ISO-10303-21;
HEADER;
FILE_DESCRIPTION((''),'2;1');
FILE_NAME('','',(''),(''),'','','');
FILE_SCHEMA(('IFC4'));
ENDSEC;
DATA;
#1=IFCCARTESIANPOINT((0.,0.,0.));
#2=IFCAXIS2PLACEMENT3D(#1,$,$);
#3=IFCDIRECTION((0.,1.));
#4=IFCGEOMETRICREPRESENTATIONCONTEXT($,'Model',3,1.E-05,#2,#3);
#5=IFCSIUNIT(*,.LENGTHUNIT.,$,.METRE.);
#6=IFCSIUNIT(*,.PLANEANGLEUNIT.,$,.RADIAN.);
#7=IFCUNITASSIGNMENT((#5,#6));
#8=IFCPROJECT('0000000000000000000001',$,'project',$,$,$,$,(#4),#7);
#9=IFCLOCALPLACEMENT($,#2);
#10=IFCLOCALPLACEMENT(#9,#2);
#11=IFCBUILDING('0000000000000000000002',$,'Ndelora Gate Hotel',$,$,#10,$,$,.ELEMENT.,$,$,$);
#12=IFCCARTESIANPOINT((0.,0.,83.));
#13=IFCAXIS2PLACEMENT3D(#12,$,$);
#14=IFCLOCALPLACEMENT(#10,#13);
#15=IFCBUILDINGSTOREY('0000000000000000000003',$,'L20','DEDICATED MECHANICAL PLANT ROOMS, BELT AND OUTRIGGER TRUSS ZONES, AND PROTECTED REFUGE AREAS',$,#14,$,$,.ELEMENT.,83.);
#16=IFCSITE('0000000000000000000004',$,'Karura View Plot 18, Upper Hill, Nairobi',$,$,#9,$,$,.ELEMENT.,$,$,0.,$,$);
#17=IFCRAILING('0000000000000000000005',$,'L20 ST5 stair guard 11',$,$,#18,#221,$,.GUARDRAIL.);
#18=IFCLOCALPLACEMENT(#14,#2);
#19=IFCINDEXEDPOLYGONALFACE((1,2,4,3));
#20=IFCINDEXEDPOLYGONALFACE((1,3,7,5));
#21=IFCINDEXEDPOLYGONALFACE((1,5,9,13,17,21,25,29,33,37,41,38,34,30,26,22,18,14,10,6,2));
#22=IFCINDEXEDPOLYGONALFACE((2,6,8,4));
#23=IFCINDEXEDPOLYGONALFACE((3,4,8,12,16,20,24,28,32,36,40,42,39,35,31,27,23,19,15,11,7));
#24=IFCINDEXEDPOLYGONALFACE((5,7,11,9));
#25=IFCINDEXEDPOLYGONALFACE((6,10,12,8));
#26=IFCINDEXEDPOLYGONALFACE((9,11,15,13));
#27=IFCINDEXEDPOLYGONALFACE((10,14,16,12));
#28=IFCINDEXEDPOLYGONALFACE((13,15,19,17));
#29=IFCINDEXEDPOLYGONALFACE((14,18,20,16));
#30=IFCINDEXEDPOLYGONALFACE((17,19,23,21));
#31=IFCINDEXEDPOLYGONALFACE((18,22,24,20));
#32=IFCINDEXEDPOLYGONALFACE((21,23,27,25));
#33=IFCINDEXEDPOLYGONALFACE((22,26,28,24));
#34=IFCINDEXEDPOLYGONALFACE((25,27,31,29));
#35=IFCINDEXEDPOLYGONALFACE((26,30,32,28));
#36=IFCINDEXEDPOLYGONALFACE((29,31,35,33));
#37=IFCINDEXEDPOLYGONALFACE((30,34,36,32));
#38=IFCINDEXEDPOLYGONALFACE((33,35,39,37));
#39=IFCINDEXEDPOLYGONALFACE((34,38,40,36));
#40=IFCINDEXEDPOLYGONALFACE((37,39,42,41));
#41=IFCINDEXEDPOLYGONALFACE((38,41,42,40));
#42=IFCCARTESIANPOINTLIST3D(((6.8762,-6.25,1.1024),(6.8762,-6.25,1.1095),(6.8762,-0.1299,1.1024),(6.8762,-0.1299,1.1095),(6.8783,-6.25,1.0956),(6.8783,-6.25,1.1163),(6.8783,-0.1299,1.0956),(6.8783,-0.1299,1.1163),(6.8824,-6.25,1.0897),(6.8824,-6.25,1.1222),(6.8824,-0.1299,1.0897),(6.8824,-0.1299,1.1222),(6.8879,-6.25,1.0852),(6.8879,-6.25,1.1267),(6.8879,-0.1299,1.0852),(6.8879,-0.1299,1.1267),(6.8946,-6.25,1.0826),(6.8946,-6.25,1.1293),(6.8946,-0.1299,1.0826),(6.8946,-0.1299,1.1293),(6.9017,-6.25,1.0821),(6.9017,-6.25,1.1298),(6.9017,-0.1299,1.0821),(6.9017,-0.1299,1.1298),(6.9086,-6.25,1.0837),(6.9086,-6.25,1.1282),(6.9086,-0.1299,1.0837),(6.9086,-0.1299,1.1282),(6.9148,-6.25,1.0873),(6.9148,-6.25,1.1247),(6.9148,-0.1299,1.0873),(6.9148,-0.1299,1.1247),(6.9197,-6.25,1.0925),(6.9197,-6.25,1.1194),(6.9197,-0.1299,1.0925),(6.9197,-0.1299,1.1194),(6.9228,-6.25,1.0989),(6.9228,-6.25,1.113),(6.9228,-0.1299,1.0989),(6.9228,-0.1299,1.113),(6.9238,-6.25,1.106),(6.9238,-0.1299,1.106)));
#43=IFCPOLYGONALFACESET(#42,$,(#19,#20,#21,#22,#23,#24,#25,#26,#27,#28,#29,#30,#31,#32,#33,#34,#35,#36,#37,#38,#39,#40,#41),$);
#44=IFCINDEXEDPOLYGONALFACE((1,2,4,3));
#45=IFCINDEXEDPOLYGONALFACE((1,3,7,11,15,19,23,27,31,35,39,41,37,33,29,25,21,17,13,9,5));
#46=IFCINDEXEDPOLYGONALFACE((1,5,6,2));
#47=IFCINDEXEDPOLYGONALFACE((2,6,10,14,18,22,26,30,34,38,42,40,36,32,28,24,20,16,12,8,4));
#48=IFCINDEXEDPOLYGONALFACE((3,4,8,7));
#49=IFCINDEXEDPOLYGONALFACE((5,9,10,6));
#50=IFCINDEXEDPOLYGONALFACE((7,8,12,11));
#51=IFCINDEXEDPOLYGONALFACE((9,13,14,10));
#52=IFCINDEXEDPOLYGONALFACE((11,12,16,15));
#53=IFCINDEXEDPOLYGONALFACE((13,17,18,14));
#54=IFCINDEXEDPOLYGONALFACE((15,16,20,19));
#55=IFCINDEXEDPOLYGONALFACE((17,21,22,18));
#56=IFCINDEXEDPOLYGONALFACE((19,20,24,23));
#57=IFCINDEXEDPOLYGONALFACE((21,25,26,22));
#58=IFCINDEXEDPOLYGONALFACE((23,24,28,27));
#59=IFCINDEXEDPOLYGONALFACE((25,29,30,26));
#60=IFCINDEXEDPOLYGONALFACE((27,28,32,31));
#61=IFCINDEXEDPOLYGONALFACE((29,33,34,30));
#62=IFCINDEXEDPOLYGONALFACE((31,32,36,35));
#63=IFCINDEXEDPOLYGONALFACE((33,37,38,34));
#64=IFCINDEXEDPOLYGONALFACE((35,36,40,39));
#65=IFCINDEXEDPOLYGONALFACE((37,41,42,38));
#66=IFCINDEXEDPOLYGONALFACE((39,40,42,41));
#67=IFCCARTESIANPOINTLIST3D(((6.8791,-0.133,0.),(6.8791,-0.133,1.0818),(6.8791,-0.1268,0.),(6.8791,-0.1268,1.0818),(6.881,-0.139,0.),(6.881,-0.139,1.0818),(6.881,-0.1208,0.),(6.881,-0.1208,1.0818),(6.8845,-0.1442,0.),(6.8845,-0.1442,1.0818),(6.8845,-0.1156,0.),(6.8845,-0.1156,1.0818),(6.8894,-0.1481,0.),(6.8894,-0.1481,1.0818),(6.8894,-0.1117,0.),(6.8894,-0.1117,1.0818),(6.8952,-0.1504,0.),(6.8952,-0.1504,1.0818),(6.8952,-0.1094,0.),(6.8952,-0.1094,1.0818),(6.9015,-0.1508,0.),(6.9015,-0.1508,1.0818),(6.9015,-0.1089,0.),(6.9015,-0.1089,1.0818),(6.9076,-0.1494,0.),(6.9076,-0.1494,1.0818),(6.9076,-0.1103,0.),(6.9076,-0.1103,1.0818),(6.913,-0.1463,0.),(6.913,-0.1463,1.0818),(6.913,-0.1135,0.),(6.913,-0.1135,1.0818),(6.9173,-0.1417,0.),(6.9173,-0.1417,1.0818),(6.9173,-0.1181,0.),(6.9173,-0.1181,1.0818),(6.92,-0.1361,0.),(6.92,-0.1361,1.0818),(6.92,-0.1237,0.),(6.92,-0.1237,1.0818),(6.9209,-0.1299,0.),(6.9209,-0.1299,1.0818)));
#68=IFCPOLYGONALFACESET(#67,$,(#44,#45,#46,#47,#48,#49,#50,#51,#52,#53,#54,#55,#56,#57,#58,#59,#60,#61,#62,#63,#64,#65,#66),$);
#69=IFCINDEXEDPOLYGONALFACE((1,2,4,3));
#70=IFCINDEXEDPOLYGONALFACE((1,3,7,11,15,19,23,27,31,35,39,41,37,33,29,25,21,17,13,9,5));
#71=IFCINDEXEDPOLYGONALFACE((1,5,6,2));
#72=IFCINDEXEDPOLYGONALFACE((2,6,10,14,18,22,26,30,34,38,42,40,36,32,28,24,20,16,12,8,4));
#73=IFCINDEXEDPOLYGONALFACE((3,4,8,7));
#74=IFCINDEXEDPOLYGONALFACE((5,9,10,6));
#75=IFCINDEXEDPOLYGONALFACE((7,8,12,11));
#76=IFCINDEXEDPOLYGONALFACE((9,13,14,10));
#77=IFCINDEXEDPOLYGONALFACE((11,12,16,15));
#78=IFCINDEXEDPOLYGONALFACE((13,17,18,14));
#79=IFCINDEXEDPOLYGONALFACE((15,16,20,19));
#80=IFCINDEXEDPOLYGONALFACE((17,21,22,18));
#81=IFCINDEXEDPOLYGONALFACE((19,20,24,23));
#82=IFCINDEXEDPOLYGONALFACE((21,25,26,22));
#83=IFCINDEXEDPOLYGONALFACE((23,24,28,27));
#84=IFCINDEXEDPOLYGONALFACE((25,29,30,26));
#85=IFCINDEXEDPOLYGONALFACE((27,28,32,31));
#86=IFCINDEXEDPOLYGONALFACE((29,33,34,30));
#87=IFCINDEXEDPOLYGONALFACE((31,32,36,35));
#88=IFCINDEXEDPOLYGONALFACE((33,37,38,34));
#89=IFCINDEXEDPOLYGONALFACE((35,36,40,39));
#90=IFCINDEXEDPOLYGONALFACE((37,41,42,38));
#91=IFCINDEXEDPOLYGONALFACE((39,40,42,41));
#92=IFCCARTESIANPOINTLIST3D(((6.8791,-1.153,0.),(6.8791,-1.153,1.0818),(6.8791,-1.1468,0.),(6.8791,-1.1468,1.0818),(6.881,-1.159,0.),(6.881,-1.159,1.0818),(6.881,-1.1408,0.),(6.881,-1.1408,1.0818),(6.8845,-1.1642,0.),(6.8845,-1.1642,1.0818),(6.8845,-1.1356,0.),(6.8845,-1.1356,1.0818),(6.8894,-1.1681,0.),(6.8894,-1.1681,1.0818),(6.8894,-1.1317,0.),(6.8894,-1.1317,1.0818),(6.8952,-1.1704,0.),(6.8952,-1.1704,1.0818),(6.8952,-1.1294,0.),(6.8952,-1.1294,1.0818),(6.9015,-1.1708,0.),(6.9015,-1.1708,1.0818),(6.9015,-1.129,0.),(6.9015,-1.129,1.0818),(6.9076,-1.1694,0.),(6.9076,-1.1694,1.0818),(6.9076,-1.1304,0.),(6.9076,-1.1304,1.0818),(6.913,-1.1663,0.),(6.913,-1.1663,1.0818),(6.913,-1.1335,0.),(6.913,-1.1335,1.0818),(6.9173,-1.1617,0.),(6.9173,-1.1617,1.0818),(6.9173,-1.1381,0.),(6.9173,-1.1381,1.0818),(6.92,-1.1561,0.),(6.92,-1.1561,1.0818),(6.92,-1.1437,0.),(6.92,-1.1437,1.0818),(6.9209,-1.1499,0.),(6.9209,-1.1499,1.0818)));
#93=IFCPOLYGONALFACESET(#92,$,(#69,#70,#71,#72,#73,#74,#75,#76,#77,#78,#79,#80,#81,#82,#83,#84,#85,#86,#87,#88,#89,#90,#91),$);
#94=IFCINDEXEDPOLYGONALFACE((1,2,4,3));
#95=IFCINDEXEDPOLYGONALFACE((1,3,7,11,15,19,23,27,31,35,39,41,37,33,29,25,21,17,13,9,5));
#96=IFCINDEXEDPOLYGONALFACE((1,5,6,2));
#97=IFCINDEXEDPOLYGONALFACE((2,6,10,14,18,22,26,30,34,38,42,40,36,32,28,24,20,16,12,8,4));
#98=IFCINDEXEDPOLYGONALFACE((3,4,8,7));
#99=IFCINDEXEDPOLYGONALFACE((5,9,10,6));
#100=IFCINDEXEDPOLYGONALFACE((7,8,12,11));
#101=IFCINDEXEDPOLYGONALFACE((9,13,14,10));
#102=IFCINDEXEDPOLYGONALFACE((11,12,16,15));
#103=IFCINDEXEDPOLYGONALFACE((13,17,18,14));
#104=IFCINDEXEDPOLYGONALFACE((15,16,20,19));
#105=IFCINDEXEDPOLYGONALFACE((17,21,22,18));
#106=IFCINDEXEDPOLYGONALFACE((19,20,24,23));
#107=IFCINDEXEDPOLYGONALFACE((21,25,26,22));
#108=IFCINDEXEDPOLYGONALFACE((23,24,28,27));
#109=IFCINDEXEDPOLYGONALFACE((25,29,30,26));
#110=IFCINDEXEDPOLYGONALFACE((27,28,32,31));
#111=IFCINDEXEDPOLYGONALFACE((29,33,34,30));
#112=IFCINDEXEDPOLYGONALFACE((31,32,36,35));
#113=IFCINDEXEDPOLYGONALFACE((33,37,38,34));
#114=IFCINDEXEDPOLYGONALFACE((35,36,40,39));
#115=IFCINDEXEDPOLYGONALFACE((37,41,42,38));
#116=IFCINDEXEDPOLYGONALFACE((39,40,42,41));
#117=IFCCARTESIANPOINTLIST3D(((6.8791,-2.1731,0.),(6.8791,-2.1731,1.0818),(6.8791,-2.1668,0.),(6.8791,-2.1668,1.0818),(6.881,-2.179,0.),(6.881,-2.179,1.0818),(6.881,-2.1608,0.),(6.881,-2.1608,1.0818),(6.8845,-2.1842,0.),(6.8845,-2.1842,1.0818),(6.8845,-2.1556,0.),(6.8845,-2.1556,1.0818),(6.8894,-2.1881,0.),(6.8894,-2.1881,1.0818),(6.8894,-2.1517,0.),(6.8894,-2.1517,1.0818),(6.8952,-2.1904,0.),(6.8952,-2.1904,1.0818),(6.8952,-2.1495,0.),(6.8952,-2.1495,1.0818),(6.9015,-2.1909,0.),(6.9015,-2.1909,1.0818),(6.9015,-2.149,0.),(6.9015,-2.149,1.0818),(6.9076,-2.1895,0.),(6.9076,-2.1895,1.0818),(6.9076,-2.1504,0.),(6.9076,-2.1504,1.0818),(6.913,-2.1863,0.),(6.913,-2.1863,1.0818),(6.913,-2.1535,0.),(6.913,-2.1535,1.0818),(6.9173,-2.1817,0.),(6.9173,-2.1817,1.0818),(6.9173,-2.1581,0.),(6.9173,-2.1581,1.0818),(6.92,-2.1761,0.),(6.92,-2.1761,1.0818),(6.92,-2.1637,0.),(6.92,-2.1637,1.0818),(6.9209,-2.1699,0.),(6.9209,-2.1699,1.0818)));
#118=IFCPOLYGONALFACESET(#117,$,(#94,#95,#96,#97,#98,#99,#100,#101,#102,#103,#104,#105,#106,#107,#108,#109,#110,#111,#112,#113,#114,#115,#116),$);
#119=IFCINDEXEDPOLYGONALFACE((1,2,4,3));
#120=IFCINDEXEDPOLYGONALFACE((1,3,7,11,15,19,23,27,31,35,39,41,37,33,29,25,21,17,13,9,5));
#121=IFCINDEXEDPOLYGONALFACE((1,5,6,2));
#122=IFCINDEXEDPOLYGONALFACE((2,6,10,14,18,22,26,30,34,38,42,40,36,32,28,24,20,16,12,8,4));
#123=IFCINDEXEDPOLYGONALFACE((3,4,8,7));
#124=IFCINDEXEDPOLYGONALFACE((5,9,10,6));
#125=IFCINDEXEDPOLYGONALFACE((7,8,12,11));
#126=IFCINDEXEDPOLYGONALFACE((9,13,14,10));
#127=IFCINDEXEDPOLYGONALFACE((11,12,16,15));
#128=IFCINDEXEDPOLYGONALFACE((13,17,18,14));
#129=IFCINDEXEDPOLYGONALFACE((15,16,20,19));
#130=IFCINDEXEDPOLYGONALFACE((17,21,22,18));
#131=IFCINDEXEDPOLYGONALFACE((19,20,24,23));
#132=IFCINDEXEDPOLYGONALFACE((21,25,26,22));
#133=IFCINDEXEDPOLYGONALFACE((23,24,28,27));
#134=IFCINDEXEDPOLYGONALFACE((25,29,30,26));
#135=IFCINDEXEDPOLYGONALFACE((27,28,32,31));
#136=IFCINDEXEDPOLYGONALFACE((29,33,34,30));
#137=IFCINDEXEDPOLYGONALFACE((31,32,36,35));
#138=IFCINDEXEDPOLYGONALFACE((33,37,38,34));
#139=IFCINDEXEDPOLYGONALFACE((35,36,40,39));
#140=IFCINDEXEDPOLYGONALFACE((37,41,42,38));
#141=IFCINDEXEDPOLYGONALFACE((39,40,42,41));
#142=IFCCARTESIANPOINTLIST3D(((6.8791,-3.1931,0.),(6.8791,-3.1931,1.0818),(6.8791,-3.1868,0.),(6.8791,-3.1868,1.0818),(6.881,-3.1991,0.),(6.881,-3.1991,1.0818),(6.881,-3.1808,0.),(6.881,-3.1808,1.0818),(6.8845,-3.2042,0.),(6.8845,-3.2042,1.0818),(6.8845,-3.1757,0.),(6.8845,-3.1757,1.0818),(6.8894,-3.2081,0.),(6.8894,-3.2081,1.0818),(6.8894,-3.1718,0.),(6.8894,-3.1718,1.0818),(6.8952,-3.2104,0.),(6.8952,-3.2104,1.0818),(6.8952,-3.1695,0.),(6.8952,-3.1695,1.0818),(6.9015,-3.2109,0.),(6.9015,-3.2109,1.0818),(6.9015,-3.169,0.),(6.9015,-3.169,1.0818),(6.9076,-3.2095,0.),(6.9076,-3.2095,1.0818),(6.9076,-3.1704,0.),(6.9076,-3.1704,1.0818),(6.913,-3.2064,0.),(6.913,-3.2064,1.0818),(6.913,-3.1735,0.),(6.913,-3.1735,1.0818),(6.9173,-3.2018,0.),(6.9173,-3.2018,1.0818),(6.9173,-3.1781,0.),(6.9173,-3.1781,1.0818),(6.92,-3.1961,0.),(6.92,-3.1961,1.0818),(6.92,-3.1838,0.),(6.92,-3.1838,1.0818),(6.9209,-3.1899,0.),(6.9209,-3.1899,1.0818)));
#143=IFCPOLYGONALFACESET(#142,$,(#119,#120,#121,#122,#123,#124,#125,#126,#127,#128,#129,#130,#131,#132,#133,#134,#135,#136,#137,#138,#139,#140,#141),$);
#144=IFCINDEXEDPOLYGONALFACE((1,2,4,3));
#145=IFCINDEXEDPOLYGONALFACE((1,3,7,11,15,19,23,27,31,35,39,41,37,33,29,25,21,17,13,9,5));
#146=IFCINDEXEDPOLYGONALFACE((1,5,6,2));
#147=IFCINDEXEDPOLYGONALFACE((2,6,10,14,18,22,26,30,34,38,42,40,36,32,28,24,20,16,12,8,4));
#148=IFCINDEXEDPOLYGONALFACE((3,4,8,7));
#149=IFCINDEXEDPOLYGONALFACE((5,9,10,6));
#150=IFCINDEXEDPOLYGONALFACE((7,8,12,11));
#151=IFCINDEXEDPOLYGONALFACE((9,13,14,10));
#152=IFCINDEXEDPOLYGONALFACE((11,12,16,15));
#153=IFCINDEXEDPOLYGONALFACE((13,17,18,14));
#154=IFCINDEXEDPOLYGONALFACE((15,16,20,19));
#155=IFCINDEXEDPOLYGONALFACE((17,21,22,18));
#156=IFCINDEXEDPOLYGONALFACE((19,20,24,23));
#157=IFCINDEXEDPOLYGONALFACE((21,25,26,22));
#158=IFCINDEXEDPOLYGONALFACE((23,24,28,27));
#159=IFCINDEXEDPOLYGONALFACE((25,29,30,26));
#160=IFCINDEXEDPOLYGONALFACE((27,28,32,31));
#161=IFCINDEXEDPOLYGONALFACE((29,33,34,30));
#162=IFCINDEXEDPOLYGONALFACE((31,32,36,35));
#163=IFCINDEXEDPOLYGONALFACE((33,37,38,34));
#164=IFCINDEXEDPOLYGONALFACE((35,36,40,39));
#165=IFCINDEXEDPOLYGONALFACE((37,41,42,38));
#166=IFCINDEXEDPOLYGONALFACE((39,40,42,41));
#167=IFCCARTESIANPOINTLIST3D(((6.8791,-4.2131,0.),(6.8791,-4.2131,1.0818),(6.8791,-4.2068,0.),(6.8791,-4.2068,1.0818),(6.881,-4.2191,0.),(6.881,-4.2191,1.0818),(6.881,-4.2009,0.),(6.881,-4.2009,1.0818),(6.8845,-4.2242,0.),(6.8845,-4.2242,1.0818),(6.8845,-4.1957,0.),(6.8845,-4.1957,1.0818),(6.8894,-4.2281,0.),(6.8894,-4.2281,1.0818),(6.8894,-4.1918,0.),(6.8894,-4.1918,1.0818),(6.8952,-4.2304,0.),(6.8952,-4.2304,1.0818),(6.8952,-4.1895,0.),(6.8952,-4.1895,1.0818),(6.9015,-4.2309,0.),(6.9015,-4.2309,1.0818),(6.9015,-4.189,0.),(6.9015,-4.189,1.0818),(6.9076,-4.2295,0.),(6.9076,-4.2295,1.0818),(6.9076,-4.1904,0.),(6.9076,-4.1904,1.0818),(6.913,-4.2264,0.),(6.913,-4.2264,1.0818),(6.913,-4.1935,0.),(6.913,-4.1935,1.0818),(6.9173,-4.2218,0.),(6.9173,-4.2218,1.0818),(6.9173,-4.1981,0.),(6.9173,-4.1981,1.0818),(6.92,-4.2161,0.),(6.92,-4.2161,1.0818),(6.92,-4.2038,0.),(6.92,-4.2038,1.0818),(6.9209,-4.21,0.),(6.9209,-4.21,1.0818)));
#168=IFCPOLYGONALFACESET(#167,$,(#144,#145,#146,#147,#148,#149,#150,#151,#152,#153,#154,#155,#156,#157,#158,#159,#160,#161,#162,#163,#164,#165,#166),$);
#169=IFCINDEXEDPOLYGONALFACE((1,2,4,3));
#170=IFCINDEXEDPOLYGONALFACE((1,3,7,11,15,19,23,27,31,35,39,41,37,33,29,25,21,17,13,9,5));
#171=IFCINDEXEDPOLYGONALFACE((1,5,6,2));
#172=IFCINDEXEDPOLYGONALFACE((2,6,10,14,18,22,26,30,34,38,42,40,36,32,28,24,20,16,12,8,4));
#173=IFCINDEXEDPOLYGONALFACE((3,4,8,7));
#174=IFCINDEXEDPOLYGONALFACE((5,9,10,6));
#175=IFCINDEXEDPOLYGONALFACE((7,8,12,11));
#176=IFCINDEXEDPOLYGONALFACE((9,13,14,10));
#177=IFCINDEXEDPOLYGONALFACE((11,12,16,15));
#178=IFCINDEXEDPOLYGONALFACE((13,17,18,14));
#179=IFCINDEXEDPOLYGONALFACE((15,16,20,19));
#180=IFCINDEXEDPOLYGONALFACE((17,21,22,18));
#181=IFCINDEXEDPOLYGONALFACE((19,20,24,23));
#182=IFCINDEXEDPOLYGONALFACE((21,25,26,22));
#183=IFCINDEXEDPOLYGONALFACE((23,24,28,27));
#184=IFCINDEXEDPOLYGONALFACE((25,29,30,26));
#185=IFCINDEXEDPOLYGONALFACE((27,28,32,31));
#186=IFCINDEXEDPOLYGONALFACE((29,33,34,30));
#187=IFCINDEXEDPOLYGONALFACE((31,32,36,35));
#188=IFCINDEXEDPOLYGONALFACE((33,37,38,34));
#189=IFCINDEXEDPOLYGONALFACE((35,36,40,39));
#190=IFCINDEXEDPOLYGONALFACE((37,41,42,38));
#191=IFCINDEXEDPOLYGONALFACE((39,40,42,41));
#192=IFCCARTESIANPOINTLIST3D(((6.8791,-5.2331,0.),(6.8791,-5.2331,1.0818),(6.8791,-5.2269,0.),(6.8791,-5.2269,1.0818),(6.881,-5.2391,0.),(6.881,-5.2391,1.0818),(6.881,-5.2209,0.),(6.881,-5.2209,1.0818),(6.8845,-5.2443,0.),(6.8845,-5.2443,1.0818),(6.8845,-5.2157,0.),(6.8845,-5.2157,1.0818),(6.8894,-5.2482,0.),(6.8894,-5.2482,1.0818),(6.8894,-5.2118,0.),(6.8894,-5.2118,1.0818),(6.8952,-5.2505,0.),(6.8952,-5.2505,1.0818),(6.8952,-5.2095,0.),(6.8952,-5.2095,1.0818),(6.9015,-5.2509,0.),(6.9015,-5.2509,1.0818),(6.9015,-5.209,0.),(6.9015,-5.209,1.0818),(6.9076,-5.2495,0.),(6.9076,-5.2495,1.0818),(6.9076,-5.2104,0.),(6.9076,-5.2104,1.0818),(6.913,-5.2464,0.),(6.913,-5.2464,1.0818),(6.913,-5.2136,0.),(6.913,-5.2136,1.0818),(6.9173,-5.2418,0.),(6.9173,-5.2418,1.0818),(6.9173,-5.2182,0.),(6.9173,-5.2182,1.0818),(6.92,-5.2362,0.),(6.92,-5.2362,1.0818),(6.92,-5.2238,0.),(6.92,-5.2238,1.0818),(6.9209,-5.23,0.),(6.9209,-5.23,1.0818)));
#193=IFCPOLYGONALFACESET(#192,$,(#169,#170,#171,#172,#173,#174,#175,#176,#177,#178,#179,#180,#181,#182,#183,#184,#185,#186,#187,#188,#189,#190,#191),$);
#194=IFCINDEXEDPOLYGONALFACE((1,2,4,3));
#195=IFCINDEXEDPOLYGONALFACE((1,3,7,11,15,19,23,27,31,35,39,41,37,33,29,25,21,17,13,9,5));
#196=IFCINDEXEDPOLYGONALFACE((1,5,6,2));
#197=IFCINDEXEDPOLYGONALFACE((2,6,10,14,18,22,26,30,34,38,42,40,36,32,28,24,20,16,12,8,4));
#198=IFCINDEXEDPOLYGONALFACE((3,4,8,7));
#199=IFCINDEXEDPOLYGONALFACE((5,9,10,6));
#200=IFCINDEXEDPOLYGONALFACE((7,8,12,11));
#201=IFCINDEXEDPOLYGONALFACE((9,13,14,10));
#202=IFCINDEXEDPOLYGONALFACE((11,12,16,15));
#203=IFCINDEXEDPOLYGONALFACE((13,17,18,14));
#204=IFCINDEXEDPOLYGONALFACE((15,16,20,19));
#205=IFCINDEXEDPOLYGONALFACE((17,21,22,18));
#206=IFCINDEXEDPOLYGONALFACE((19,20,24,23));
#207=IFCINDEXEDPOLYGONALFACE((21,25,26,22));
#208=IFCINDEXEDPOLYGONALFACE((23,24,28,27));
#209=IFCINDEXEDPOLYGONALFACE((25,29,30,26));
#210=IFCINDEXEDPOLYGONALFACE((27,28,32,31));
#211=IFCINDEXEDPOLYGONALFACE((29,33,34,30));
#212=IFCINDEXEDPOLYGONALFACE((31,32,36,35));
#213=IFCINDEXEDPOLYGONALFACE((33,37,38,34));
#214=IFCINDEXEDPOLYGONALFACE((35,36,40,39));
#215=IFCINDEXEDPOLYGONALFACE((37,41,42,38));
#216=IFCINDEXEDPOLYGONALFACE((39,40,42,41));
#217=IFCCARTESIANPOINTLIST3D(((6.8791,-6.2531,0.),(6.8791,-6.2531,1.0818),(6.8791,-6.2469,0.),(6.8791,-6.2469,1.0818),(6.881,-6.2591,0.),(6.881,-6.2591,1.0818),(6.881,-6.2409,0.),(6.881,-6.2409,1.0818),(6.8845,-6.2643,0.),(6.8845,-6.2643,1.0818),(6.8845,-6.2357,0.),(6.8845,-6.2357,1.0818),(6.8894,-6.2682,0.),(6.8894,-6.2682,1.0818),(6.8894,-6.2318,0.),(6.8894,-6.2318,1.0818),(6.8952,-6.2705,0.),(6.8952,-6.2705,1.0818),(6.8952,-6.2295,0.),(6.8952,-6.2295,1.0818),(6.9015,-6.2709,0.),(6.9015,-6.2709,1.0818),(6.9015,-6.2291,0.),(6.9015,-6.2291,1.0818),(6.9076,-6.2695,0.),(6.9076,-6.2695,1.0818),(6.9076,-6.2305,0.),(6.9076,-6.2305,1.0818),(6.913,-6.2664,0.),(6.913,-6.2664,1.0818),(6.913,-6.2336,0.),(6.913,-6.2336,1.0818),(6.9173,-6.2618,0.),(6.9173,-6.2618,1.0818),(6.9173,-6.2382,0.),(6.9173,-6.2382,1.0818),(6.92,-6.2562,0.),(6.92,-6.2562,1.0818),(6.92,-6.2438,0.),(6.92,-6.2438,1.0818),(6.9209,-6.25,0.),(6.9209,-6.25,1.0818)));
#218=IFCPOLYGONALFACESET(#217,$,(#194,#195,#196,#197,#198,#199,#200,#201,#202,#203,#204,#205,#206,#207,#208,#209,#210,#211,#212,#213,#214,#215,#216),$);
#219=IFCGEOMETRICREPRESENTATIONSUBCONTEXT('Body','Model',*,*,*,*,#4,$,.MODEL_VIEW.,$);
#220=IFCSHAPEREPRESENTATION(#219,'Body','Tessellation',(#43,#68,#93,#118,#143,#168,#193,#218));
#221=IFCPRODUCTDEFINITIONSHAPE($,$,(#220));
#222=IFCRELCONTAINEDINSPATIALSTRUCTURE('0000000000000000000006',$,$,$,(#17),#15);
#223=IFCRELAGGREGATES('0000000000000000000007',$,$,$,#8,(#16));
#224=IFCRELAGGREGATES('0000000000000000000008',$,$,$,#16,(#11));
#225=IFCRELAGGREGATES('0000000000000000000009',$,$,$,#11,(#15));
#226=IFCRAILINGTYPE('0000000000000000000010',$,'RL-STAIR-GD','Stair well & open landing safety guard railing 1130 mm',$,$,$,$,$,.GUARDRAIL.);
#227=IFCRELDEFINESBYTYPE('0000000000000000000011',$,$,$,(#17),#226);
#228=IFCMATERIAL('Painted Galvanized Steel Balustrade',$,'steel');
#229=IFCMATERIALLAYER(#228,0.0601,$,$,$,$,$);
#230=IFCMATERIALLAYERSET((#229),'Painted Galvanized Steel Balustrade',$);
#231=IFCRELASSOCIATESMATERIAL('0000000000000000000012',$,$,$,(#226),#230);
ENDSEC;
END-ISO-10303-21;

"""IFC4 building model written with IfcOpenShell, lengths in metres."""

from ifc_helpers import new_model, si_unit, direction, frame, origin, origin_2d, place, context, subcontext, project, spatial, circle, extrude, material, layer, layer_set, type_object, element, save


model = new_model("IFC4")

# Units and contexts
model_context = context("Model", 3, precision=1e-05, world=origin(), true_north=direction((0.0, 1.0)))
body_context = subcontext(model_context, "Body", "Model", "MODEL_VIEW")
ifc_project = project(units=[si_unit("LENGTHUNIT", "METRE"), si_unit("PLANEANGLEUNIT", "RADIAN")], contexts=[model_context])

# Site, building, storey
site_placement = place(None, origin())
site = spatial("IfcSite", under=ifc_project, at=site_placement, Name="Karura View Plot 18, Upper Hill, Nairobi", CompositionType="ELEMENT", RefElevation=0.0)
building_placement = place(site_placement, origin())
building = spatial("IfcBuilding", under=site, at=building_placement, Name="Ndelora Gate Hotel", CompositionType="ELEMENT")
storey_placement = place(building_placement, frame((0.0, 0.0, 83.0)))
storey = spatial("IfcBuildingStorey", under=building, at=storey_placement, Name="L20", Description="DEDICATED MECHANICAL PLANT ROOMS, BELT AND OUTRIGGER TRUSS ZONES, AND PROTECTED REFUGE AREAS", CompositionType="ELEMENT", Elevation=83.0)

# Railing
ifc_material_1 = material(Name="Painted Galvanized Steel Balustrade", Category="steel")
ifc_layer_1 = layer(ifc_material_1, 0.0601)
ifc_layer_set_1 = layer_set([ifc_layer_1], Name="Painted Galvanized Steel Balustrade")
railing_type = type_object("IfcRailingType", Name="RL-STAIR-GD", Description="Stair well & open landing safety guard railing 1130 mm", PredefinedType="GUARDRAIL", material=ifc_layer_set_1)
railing_1_placement = place(storey_placement, frame((6.8999, -0.1299, 0.0)))
element("IfcRailing", 1, at=railing_1_placement, inside=storey, type_object=railing_type, Name="L20 ST5 stair guard 11", PredefinedType="GUARDRAIL", context=body_context, shape_type="SweptSolid", body=[
    extrude(circle(Radius=0.0239, at=origin_2d()), frame((0.0, 0.0, 1.106), z_axis=(0.0, -1.0, 0.0), x_axis=(1.0, 0.0, 0.0)), (0.0, 0.0, 1.0), 6.1201),
    extrude(circle(Radius=0.021, at=origin_2d()), origin(), (0.0, 0.0, 1.0), 1.0818),
    extrude(circle(Radius=0.021, at=origin_2d()), frame((0.0, -1.02, 0.0)), (0.0, 0.0, 1.0), 1.0818),
    extrude(circle(Radius=0.021, at=origin_2d()), frame((0.0, -2.04, 0.0)), (0.0, 0.0, 1.0), 1.0818),
    extrude(circle(Radius=0.021, at=origin_2d()), frame((0.0, -3.0601, 0.0)), (0.0, 0.0, 1.0), 1.0818),
    extrude(circle(Radius=0.021, at=origin_2d()), frame((0.0, -4.0801, 0.0)), (0.0, 0.0, 1.0), 1.0818),
    extrude(circle(Radius=0.021, at=origin_2d()), frame((0.0, -5.1001, 0.0)), (0.0, 0.0, 1.0), 1.0818),
    extrude(circle(Radius=0.021, at=origin_2d()), frame((0.0, -6.1201, 0.0)), (0.0, 0.0, 1.0), 1.0818),
])

save(model, "model.ifc")
